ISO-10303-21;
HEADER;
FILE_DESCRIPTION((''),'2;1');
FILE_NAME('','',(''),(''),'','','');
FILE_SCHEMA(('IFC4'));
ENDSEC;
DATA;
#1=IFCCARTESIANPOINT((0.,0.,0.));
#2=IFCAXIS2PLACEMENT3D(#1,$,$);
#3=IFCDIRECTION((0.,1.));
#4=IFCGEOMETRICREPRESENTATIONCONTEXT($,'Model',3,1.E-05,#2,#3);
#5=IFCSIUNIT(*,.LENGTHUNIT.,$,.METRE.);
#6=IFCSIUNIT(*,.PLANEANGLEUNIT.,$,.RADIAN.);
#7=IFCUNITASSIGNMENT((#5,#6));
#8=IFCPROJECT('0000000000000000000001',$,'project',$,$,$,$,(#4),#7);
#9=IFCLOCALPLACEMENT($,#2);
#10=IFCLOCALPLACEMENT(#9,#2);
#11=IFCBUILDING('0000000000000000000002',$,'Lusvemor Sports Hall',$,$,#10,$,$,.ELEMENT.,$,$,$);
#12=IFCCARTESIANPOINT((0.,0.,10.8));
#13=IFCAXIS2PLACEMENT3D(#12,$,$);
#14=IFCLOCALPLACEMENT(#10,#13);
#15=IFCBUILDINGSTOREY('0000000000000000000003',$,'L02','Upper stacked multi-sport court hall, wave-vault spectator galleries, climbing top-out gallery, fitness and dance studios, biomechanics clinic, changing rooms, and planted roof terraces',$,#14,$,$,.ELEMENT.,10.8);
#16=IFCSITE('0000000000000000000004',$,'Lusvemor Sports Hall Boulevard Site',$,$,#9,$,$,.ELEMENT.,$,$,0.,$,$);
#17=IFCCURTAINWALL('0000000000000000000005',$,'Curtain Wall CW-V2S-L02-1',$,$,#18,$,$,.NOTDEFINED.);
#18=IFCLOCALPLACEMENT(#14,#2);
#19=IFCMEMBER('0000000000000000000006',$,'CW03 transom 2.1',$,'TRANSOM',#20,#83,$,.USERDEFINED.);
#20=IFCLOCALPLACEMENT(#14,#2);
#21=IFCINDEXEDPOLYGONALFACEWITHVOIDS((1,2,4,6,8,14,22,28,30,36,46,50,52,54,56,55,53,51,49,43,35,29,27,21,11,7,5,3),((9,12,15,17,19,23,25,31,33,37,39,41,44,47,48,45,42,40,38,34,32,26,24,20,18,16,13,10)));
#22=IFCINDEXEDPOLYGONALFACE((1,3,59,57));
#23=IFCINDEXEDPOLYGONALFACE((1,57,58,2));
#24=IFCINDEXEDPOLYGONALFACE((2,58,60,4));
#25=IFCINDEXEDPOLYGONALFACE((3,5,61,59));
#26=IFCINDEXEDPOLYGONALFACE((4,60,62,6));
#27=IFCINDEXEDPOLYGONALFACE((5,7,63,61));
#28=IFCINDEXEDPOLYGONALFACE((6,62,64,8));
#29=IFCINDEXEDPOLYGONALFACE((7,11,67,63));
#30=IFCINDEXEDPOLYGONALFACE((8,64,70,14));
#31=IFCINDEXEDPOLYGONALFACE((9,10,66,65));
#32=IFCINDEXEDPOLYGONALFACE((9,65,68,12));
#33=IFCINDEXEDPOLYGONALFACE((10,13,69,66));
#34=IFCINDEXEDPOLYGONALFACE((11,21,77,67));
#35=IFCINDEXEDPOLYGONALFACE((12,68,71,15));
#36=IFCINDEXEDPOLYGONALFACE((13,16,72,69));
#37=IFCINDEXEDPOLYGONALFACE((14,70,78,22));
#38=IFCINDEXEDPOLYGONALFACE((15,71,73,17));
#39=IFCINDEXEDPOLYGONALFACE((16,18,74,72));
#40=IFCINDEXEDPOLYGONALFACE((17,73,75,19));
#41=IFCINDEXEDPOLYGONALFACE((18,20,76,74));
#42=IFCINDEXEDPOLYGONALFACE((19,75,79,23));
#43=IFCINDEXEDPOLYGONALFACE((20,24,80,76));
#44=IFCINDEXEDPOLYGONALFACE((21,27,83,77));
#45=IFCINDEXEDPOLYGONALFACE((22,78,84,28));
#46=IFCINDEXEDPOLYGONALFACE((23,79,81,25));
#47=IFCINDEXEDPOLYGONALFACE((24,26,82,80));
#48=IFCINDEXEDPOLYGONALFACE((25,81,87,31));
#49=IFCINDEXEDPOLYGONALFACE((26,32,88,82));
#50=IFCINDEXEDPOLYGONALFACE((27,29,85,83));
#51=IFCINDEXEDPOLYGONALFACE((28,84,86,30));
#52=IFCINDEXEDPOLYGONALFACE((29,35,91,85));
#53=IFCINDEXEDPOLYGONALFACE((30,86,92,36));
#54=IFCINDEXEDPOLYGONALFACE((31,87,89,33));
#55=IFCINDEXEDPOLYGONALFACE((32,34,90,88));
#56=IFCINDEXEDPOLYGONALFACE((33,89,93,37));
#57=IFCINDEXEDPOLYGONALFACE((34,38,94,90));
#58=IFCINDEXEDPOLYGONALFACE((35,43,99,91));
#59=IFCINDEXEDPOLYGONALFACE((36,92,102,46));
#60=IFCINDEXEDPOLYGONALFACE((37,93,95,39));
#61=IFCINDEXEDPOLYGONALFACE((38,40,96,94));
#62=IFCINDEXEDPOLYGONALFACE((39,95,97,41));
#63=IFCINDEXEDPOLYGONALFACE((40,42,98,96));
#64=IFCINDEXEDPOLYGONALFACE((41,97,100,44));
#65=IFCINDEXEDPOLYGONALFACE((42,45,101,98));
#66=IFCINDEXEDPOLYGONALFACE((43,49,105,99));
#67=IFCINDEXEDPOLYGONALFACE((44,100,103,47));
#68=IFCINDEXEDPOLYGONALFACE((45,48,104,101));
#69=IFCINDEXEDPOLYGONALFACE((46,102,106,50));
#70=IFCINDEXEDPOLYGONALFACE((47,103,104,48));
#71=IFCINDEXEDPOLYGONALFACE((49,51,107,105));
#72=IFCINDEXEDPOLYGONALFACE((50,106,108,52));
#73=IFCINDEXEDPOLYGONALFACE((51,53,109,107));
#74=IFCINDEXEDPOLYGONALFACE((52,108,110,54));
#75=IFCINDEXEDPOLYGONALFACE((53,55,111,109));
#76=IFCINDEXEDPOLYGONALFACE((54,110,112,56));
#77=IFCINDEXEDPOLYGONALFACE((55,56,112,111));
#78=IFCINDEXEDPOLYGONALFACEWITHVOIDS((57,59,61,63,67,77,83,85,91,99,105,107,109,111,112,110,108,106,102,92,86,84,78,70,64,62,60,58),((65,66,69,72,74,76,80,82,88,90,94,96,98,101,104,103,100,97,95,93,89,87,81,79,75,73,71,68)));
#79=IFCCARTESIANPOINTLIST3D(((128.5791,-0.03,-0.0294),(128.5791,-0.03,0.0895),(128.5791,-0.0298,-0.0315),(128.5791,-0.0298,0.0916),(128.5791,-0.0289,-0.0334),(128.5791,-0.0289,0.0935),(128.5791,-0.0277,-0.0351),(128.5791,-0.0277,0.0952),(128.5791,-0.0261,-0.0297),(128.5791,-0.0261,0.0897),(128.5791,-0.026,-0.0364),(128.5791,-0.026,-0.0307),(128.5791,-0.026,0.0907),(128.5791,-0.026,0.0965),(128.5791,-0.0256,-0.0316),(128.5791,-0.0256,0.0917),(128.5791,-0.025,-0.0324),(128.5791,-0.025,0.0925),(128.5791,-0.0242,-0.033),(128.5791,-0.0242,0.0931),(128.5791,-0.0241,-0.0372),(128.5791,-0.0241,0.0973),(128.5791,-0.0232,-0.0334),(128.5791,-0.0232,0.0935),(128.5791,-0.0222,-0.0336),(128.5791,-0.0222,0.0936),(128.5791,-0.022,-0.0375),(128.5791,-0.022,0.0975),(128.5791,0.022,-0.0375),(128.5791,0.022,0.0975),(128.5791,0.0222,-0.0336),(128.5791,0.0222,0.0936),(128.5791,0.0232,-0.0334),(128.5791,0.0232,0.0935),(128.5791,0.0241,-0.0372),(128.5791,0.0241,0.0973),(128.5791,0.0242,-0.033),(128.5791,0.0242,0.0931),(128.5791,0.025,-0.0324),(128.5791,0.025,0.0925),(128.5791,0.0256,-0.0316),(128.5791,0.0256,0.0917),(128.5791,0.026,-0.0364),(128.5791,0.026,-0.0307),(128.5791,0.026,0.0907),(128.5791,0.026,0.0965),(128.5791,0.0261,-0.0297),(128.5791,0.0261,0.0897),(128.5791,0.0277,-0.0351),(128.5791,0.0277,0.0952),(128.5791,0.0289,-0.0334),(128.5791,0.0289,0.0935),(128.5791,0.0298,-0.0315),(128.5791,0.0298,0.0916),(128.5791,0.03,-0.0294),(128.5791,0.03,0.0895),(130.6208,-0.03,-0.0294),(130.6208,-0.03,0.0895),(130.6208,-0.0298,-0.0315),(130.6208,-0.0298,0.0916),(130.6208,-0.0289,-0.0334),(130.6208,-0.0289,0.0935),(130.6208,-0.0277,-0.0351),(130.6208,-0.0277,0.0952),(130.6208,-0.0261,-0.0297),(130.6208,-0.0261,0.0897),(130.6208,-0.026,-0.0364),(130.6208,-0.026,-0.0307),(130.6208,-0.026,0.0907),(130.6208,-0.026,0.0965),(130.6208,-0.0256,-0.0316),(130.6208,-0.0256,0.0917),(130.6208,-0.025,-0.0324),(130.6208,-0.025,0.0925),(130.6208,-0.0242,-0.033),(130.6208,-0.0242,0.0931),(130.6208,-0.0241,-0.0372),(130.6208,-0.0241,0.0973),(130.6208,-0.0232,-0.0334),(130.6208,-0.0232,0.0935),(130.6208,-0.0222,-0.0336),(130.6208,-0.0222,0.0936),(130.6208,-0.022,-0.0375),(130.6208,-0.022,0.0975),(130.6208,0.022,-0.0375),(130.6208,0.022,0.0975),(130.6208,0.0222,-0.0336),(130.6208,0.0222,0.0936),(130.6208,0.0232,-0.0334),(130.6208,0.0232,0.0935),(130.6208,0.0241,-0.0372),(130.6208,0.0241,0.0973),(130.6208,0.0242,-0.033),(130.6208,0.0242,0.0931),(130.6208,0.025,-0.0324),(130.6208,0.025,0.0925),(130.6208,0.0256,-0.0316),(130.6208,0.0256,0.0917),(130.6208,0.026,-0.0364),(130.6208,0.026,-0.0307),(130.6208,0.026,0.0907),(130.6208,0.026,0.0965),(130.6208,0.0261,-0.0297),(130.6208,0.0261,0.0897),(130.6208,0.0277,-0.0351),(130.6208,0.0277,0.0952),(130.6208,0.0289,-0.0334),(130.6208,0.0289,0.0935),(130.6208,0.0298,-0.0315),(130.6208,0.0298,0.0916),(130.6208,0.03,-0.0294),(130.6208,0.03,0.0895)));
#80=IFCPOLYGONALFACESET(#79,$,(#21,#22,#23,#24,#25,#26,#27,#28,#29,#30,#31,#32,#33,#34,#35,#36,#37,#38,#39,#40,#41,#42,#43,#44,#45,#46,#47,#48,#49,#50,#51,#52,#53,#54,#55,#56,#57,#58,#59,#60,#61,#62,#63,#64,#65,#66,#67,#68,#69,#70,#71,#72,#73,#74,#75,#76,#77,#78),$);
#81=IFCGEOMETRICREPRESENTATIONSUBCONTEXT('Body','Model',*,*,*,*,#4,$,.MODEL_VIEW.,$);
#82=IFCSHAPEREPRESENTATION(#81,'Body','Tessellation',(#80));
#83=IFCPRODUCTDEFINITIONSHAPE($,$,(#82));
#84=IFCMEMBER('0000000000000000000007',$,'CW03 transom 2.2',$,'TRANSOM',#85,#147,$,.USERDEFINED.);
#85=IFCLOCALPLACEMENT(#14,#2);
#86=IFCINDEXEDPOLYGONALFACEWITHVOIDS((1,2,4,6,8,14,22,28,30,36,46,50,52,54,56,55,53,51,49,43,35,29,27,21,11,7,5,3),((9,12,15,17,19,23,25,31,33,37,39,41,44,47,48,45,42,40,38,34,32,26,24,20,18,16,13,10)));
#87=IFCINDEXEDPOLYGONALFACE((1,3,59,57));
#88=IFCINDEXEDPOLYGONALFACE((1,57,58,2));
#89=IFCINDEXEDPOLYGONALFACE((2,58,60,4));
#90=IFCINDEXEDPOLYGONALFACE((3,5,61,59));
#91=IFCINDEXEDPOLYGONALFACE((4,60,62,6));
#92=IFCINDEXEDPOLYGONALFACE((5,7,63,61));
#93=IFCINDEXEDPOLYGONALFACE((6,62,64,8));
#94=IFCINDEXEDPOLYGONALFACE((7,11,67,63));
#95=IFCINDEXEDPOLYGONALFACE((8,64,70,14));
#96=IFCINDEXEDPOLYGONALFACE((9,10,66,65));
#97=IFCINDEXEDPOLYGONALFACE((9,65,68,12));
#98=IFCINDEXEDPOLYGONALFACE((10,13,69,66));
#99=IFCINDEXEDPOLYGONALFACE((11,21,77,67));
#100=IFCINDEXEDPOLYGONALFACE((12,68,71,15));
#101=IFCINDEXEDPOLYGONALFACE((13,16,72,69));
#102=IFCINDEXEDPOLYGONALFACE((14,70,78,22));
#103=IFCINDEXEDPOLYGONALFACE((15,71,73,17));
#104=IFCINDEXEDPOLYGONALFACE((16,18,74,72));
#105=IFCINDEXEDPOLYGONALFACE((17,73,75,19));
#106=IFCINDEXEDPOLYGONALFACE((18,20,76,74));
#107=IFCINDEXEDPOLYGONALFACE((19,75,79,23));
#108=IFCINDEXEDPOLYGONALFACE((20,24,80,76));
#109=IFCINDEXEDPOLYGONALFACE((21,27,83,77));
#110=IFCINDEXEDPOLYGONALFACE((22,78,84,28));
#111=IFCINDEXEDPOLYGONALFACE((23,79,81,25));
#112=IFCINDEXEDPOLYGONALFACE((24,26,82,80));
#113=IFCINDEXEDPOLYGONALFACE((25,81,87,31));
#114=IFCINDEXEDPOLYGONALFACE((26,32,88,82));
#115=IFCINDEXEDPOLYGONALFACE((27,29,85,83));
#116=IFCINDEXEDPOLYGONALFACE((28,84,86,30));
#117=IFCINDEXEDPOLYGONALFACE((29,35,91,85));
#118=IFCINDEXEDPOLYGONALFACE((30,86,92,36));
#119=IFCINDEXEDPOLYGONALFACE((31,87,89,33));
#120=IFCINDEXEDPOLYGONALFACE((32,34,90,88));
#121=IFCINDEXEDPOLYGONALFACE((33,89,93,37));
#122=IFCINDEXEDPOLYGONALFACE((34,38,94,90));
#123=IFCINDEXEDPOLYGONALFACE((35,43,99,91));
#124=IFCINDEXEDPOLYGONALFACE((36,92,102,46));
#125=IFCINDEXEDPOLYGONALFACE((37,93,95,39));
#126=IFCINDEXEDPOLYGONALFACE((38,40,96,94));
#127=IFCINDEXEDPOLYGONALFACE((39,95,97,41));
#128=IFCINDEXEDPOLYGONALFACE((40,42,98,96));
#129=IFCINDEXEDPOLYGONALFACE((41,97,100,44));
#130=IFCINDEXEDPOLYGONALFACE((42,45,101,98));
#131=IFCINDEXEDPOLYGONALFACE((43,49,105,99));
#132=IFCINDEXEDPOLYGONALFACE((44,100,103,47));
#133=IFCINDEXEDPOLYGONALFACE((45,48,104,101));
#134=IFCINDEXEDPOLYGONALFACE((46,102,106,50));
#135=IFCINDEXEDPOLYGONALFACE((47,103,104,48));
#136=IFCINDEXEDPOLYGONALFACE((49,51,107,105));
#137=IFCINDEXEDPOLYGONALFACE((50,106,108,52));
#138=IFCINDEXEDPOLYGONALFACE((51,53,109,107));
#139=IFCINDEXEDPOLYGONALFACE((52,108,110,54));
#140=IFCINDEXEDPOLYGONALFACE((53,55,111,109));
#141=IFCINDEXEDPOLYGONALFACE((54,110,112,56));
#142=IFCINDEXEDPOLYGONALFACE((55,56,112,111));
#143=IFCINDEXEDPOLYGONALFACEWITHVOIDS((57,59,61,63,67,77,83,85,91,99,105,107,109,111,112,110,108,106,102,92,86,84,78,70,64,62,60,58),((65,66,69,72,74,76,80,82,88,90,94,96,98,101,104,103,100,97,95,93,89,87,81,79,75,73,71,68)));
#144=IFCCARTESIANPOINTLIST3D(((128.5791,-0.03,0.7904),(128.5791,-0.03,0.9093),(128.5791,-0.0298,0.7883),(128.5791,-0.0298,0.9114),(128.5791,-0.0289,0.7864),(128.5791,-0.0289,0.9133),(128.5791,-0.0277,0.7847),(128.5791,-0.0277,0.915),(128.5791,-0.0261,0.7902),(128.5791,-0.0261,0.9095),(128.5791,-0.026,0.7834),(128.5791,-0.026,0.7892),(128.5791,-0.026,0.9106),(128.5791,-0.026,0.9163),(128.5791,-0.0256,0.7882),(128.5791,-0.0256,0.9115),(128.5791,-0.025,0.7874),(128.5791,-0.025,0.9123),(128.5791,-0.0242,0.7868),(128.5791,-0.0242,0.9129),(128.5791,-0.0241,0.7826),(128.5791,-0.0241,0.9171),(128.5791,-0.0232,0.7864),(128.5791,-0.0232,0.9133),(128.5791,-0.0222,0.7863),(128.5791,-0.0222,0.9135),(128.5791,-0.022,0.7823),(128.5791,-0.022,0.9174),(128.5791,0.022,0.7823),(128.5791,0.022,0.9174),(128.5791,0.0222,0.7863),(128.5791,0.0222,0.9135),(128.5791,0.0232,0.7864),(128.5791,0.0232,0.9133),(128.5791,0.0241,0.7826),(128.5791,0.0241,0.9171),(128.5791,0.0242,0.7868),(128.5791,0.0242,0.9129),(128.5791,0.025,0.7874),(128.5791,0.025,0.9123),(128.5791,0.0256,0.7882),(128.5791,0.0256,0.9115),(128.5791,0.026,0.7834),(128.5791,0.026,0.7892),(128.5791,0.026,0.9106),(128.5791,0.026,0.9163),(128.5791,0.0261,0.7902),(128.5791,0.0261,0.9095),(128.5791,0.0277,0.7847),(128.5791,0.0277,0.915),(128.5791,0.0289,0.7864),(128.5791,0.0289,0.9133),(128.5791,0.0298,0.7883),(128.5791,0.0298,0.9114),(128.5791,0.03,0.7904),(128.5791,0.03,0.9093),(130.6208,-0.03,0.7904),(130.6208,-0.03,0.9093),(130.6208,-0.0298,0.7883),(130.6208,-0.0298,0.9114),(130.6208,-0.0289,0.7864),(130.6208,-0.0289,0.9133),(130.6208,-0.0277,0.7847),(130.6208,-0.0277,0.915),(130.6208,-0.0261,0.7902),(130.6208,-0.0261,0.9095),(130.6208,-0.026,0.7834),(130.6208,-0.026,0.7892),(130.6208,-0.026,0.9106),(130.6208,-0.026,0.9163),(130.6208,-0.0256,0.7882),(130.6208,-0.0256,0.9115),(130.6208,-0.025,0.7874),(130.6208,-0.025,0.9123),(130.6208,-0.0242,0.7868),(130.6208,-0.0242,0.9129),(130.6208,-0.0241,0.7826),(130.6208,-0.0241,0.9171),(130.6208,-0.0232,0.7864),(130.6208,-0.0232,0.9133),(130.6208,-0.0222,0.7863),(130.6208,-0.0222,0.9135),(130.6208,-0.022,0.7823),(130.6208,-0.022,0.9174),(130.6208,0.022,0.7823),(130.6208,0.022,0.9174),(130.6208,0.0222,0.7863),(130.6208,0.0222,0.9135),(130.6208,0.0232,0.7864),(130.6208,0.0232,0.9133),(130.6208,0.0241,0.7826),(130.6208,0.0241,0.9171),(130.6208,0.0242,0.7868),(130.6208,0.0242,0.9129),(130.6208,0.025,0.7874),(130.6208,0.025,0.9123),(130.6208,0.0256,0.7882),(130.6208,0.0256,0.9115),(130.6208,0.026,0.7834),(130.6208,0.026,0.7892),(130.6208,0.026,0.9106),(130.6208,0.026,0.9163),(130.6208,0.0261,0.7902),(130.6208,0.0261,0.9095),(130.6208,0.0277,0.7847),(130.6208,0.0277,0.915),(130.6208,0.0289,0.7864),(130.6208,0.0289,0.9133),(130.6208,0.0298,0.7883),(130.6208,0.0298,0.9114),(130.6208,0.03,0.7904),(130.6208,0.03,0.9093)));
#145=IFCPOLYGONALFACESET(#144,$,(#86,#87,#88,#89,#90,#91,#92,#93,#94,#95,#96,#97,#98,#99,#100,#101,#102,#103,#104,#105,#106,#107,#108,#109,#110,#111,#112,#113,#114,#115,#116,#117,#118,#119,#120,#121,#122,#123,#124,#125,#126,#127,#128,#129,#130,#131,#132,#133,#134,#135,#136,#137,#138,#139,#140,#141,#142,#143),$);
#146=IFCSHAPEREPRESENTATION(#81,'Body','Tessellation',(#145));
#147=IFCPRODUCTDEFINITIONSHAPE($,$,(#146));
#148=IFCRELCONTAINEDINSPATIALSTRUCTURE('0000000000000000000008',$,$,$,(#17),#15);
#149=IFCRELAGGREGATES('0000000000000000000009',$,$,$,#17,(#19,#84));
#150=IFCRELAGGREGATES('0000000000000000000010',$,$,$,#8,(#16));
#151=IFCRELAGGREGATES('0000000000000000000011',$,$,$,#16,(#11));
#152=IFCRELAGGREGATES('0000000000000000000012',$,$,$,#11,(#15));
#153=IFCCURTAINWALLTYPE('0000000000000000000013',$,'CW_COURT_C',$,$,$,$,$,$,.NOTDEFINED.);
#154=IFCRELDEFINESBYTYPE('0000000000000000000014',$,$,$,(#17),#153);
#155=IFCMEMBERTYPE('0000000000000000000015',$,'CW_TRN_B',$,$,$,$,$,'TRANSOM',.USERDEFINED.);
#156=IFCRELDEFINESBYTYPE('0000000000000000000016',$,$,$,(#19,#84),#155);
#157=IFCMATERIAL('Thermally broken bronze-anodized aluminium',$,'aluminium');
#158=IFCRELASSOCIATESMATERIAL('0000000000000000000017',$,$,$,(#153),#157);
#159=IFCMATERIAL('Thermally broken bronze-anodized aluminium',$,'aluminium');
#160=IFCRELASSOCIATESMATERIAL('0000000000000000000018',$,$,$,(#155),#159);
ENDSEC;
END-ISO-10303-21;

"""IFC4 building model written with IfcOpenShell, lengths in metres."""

from ifc_helpers import new_model, si_unit, direction, frame, origin, origin_2d, place, context, subcontext, project, spatial, hollow_rectangle, extrude, material, material_profile, profile_set, type_object, element, aggregate, save


model = new_model("IFC4")

# Units and contexts
model_context = context("Model", 3, precision=1e-05, world=origin(), true_north=direction((0.0, 1.0)))
body_context = subcontext(model_context, "Body", "Model", "MODEL_VIEW")
ifc_project = project(units=[si_unit("LENGTHUNIT", "METRE"), si_unit("PLANEANGLEUNIT", "RADIAN")], contexts=[model_context])

# Site, building, storey
site_placement = place(None, origin())
site = spatial("IfcSite", under=ifc_project, at=site_placement, Name="Lusvemor Sports Hall Boulevard Site", CompositionType="ELEMENT", RefElevation=0.0)
building_placement = place(site_placement, origin())
building = spatial("IfcBuilding", under=site, at=building_placement, Name="Lusvemor Sports Hall", CompositionType="ELEMENT")
storey_placement = place(building_placement, frame((0.0, 0.0, 10.8)))
storey = spatial("IfcBuildingStorey", under=building, at=storey_placement, Name="L02", Description="Upper stacked multi-sport court hall, wave-vault spectator galleries, climbing top-out gallery, fitness and dance studios, biomechanics clinic, changing rooms, and planted roof terraces", CompositionType="ELEMENT", Elevation=10.8)

# Curtain wall, members
ifc_material_1 = material(Name="Thermally broken bronze-anodized aluminium", Category="aluminium")
curtain_wall_type = type_object("IfcCurtainWallType", Name="CW_COURT_C", PredefinedType="NOTDEFINED", material=ifc_material_1)
curtain_wall_placement = place(storey_placement, origin())
curtain_wall = element("IfcCurtainWall", 1, at=curtain_wall_placement, inside=storey, type_object=curtain_wall_type, Name="Curtain Wall CW-V2S-L02-1", PredefinedType="NOTDEFINED")
ifc_material_2 = material(Name="Thermally broken bronze-anodized aluminium", Category="aluminium")
ifc_material_profile_1 = material_profile(ifc_material_2, hollow_rectangle(XDim=0.0601, YDim=0.135, WallThickness=0.0039, InnerFilletRadius=0.0039, OuterFilletRadius=0.0081, at=origin_2d()), Name="CWTRN135x60x4")
ifc_profile_set_1 = profile_set([ifc_material_profile_1], Name="Thermally broken bronze-anodized aluminium")
member_type_1 = type_object("IfcMemberType", Name="CW_TRN_B", ElementType="TRANSOM", PredefinedType="USERDEFINED", material=ifc_profile_set_1)
member_1_placement = place(storey_placement, frame((130.6208, 0.0, 0.03), z_axis=(-1.0, 0.0, 0.0), x_axis=(0.0, -1.0, 0.0)))
member_1 = element("IfcMember", 2, at=member_1_placement, type_object=member_type_1, Name="CW03 transom 2.1", ObjectType="TRANSOM", PredefinedType="USERDEFINED", context=body_context, shape_type="SweptSolid", body=[
    extrude(hollow_rectangle(XDim=0.0601, YDim=0.135, WallThickness=0.0039, InnerFilletRadius=0.0039, OuterFilletRadius=0.0081, at=origin_2d()), origin(), (0.0, 0.0, 1.0), 2.0417),
])
member_2_placement = place(storey_placement, frame((130.6208, 0.0, 0.8499), z_axis=(-1.0, 0.0, 0.0), x_axis=(0.0, -1.0, 0.0)))
member_2 = element("IfcMember", 3, at=member_2_placement, type_object=member_type_1, Name="CW03 transom 2.2", ObjectType="TRANSOM", PredefinedType="USERDEFINED", context=body_context, shape_type="SweptSolid", body=[
    extrude(hollow_rectangle(XDim=0.0601, YDim=0.135, WallThickness=0.0039, InnerFilletRadius=0.0039, OuterFilletRadius=0.0081, at=origin_2d()), origin(), (0.0, 0.0, 1.0), 2.0417),
])
aggregate(curtain_wall, [member_1, member_2])

save(model, "model.ifc")
